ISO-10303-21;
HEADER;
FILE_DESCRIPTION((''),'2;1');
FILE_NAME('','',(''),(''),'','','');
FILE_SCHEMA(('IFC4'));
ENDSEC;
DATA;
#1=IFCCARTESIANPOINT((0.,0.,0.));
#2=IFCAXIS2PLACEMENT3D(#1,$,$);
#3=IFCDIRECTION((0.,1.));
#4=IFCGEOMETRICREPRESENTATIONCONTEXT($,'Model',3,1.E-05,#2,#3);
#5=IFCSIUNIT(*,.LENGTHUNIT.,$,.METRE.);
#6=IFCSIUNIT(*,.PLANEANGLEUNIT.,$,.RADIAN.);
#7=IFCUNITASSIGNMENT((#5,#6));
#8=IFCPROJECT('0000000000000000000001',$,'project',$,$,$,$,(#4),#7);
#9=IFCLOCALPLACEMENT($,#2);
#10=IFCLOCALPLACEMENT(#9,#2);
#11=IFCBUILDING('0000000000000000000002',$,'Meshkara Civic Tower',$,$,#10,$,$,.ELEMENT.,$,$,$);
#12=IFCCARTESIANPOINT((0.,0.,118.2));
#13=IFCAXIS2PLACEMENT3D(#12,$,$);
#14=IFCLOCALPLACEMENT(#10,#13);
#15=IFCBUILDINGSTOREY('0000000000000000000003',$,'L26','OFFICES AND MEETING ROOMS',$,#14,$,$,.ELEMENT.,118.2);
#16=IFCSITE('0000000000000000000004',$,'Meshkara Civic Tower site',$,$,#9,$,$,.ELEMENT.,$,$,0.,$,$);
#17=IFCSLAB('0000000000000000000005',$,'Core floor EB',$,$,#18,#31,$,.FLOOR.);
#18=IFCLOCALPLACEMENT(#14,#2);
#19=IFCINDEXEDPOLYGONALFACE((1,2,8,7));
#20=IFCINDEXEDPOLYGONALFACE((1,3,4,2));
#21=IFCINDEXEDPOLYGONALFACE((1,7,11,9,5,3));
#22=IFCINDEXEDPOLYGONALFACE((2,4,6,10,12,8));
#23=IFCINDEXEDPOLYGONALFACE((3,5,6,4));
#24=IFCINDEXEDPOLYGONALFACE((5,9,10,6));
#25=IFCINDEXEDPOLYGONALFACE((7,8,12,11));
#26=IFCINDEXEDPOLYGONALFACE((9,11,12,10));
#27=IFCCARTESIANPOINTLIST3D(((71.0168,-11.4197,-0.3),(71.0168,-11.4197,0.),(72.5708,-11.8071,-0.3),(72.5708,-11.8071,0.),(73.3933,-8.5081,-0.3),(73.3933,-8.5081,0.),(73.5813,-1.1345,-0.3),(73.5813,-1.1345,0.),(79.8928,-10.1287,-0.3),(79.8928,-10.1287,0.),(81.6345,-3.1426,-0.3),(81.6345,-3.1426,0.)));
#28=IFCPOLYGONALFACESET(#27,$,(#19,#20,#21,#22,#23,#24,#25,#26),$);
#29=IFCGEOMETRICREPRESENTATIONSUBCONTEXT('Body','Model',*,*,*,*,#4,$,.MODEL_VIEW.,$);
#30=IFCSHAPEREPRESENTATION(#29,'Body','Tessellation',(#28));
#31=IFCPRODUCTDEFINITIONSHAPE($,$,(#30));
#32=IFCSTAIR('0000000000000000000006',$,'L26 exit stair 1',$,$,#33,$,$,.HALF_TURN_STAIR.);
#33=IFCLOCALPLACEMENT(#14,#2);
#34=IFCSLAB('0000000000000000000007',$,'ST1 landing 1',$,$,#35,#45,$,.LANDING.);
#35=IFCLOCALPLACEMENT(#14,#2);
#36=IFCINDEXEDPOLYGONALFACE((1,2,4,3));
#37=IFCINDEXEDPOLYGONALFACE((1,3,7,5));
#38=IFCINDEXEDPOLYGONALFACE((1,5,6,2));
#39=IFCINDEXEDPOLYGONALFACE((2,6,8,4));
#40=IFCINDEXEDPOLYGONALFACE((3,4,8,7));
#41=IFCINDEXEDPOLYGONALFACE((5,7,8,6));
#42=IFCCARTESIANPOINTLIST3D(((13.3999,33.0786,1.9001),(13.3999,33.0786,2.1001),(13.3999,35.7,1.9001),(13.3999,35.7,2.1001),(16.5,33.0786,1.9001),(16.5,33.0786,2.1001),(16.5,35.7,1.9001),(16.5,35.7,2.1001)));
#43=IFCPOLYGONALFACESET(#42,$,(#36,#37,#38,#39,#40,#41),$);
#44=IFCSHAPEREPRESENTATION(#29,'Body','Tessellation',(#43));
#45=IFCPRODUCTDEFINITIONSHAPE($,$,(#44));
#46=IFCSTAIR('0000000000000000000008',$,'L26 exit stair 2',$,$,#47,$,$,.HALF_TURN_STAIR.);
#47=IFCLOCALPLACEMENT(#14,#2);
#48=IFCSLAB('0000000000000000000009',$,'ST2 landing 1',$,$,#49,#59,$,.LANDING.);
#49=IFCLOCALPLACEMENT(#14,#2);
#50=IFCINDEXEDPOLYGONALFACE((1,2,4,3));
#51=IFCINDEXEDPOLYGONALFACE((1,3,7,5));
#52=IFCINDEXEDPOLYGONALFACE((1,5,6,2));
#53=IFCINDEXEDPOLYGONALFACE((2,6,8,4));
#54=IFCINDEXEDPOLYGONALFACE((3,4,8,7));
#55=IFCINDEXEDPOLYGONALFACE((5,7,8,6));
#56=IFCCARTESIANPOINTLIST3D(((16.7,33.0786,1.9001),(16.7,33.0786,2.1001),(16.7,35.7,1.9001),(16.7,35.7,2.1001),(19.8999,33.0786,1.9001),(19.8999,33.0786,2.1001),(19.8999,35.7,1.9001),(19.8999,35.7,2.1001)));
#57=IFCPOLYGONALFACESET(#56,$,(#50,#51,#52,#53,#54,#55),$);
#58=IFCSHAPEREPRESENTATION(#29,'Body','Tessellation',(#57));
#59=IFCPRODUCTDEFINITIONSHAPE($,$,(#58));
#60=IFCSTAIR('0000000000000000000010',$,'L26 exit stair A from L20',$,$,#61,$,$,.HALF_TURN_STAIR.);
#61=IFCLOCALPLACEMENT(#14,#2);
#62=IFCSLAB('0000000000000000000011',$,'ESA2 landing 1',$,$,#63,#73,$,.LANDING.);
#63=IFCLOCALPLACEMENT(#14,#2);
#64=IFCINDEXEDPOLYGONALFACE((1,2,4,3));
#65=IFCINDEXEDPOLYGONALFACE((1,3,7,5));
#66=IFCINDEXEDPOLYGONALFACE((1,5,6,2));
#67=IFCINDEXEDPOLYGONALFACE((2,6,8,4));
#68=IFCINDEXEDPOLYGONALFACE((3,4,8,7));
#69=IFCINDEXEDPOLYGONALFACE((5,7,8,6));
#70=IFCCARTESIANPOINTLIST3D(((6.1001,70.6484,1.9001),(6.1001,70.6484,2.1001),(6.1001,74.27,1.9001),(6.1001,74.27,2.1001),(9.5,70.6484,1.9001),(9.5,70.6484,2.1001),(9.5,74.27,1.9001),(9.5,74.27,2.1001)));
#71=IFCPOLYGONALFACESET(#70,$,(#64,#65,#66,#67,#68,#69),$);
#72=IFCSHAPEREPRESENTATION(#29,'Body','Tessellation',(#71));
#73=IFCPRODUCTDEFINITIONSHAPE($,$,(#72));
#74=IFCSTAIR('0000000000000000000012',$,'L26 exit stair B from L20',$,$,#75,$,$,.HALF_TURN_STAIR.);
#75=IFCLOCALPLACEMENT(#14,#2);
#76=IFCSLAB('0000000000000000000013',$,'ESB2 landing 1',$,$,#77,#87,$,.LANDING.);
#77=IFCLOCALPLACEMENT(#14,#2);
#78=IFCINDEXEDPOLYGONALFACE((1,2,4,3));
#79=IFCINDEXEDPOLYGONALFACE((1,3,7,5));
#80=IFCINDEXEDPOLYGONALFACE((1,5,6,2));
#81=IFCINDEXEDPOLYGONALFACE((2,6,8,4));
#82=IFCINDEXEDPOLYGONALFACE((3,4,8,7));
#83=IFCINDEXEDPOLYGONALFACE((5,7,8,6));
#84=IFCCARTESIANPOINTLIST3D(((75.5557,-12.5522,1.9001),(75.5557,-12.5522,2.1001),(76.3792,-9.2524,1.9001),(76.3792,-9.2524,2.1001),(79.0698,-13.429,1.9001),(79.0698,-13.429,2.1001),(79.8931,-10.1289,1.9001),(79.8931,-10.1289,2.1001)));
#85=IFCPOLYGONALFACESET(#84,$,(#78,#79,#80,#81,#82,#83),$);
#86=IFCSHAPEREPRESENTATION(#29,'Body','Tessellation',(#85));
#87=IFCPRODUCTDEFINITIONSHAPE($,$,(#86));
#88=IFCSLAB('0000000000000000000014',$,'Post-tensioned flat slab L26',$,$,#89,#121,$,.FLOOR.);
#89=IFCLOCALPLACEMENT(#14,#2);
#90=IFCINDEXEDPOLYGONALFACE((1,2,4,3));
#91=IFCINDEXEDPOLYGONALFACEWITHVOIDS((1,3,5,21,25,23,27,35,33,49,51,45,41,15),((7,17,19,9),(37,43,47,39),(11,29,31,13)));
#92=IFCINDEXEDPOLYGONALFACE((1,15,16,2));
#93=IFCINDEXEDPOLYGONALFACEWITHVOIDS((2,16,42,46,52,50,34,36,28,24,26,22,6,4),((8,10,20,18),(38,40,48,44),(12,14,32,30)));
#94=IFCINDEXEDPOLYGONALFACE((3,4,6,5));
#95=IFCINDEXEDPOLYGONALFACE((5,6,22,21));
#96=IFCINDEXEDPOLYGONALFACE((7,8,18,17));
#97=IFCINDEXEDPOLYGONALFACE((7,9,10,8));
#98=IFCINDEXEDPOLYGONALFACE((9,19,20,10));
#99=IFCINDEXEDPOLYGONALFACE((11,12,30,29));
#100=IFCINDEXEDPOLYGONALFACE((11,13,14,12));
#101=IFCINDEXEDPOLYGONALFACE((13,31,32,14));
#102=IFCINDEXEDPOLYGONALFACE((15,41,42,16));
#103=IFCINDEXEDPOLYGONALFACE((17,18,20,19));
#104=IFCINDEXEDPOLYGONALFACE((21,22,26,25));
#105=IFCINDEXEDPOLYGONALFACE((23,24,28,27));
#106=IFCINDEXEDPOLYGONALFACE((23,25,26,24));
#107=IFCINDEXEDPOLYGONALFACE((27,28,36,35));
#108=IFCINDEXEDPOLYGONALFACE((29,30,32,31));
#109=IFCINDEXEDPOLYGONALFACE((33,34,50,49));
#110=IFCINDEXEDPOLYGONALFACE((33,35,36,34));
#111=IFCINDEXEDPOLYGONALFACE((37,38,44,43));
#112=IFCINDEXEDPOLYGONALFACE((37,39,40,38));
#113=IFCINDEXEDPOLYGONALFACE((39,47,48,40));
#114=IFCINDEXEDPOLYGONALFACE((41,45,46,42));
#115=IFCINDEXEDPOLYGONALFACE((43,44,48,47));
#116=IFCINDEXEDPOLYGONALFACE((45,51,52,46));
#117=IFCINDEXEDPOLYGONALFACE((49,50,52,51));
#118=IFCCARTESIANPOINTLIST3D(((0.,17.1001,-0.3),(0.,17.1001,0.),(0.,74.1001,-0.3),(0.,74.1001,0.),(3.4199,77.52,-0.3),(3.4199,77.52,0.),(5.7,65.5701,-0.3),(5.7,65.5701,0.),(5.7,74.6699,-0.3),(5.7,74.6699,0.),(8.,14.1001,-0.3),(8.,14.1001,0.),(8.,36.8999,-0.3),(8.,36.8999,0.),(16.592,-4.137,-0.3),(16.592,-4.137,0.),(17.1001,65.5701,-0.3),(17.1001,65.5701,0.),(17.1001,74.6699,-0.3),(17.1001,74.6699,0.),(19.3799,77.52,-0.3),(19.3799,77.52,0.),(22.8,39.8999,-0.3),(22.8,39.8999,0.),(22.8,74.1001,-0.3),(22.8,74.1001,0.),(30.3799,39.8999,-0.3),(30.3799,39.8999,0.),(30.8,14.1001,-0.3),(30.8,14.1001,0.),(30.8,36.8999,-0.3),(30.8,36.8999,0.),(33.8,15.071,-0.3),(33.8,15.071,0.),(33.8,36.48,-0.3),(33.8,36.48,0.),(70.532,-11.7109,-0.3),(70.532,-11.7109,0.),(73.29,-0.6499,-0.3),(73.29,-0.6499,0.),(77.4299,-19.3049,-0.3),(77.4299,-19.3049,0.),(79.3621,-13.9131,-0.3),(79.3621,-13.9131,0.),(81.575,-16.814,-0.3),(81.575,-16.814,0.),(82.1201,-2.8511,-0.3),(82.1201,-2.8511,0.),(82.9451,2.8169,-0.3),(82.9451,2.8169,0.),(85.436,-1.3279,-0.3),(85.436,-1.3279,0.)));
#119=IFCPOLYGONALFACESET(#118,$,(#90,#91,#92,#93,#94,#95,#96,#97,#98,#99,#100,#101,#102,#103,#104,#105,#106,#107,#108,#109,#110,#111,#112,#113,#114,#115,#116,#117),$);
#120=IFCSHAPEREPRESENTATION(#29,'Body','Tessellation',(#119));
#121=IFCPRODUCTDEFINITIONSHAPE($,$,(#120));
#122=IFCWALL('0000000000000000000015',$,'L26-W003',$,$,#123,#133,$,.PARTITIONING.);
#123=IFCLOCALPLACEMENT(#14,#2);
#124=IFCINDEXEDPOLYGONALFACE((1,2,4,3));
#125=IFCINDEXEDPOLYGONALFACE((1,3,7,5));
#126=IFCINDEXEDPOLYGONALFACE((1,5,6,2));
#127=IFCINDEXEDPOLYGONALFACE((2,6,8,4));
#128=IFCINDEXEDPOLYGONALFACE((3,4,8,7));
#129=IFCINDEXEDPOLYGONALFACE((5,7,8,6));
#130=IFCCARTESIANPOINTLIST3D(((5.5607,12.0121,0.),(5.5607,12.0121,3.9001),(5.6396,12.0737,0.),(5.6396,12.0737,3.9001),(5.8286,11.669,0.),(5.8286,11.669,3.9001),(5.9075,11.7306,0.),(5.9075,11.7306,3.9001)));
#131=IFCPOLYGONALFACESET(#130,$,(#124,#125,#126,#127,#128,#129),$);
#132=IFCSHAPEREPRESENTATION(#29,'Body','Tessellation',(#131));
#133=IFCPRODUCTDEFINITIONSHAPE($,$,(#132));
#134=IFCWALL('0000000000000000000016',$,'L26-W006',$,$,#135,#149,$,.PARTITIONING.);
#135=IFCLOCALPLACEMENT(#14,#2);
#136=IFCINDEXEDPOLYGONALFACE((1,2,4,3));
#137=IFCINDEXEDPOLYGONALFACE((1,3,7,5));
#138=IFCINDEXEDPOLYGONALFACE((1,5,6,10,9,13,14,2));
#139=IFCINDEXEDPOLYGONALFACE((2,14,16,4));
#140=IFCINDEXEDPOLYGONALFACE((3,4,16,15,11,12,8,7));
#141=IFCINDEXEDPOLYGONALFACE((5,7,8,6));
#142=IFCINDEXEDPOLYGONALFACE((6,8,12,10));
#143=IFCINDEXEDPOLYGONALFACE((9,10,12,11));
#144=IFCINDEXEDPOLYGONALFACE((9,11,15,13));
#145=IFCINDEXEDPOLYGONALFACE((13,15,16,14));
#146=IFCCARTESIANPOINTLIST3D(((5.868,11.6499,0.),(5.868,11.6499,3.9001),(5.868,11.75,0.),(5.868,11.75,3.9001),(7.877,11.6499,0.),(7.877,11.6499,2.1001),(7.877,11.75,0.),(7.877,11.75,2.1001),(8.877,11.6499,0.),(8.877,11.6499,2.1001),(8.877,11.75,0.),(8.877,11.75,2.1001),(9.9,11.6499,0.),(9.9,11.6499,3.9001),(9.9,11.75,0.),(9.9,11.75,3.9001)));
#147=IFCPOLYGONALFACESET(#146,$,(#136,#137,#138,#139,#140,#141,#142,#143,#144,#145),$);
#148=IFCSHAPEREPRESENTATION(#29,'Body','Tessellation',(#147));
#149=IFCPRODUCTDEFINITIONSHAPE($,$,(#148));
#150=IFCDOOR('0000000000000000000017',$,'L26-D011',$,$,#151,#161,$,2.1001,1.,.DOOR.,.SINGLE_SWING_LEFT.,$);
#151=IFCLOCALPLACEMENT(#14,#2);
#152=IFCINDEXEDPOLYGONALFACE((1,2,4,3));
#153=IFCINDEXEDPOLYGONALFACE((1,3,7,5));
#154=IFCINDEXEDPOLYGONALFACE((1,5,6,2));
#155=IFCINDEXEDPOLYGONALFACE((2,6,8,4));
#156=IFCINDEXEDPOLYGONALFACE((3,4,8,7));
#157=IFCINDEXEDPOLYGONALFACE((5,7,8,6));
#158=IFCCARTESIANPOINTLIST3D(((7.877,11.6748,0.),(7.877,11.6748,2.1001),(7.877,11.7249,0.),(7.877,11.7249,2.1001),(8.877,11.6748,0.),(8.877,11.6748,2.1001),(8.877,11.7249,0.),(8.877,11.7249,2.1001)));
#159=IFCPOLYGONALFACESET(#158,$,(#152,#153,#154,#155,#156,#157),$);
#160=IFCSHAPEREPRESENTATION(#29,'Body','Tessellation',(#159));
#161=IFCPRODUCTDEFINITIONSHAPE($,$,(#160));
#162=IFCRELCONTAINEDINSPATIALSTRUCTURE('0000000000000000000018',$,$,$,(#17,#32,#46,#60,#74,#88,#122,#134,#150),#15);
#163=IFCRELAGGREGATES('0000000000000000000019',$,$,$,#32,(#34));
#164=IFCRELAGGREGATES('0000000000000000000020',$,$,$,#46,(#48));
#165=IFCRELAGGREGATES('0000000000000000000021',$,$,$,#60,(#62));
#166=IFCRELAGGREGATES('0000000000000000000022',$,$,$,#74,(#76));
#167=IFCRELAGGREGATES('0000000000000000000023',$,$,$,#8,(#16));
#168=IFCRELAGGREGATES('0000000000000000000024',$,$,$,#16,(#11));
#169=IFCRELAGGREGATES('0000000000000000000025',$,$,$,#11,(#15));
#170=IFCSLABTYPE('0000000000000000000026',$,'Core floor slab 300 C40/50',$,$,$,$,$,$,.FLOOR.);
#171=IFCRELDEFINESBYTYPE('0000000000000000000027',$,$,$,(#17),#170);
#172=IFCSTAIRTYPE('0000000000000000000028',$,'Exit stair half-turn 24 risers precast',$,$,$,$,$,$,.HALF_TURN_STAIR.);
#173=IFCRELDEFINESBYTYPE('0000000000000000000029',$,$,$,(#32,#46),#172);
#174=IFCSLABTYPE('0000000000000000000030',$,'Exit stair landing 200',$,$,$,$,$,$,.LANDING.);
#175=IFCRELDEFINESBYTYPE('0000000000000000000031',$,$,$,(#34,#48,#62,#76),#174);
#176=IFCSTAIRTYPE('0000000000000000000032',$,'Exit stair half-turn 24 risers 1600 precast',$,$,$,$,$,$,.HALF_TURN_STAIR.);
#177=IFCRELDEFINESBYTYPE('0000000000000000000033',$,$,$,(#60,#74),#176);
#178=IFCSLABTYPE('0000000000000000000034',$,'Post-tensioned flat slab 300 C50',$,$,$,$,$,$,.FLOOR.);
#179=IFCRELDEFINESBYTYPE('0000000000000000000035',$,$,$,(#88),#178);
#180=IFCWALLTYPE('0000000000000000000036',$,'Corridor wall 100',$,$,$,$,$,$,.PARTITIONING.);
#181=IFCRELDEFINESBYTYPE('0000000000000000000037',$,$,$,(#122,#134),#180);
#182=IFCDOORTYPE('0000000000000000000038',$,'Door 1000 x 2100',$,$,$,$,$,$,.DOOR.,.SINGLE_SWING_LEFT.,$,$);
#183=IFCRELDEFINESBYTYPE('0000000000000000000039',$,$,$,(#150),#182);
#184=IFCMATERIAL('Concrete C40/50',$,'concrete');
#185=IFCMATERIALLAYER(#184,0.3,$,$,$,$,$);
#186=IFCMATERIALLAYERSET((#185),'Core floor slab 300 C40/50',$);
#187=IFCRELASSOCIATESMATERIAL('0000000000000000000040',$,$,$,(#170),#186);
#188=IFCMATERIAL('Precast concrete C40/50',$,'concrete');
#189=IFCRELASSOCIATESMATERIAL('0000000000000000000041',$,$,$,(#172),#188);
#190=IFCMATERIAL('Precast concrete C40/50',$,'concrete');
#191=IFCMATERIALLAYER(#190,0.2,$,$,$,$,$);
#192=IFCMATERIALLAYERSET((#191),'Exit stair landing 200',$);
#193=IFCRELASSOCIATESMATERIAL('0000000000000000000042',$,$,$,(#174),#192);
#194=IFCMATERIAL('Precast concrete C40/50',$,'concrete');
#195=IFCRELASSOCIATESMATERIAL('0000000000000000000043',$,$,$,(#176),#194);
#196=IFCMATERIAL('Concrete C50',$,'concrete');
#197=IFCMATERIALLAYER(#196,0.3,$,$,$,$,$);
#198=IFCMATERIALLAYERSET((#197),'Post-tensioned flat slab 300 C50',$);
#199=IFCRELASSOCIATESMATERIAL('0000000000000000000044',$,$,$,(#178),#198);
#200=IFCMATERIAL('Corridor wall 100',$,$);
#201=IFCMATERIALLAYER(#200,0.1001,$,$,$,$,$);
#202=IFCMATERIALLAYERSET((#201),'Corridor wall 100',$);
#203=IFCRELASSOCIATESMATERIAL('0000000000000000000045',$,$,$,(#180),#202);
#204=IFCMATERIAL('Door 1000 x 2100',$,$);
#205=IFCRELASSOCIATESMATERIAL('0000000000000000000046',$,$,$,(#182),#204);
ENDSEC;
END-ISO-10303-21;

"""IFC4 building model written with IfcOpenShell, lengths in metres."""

from ifc_helpers import new_model, si_unit, direction, frame, frame_2d, origin, place, context, subcontext, project, spatial, polyline, rectangle, outline, extrude, material, layer, layer_set, type_object, element, fill, aggregate, save


model = new_model("IFC4")

# Units and contexts
model_context = context("Model", 3, precision=1e-05, world=origin(), true_north=direction((0.0, 1.0)))
body_context = subcontext(model_context, "Body", "Model", "MODEL_VIEW")
ifc_project = project(units=[si_unit("LENGTHUNIT", "METRE"), si_unit("PLANEANGLEUNIT", "RADIAN")], contexts=[model_context])

# Site, building, storey
site_placement = place(None, origin())
site = spatial("IfcSite", under=ifc_project, at=site_placement, Name="Meshkara Civic Tower site", CompositionType="ELEMENT", RefElevation=0.0)
building_placement = place(site_placement, origin())
building = spatial("IfcBuilding", under=site, at=building_placement, Name="Meshkara Civic Tower", CompositionType="ELEMENT")
storey_placement = place(building_placement, frame((0.0, 0.0, 118.2)))
storey = spatial("IfcBuildingStorey", under=building, at=storey_placement, Name="L26", Description="OFFICES AND MEETING ROOMS", CompositionType="ELEMENT", Elevation=118.2)

# Slab
ifc_material_1 = material(Name="Concrete C40/50", Category="concrete")
ifc_layer_1 = layer(ifc_material_1, 0.3)
ifc_layer_set_1 = layer_set([ifc_layer_1], Name="Core floor slab 300 C40/50")
slab_type_1 = type_object("IfcSlabType", Name="Core floor slab 300 C40/50", PredefinedType="FLOOR", material=ifc_layer_set_1)
slab_1_placement = place(storey_placement, frame((0.0, 0.0, -0.3)))
element("IfcSlab", 1, at=slab_1_placement, inside=storey, type_object=slab_type_1, Name="Core floor EB", PredefinedType="FLOOR", context=body_context, shape_type="SweptSolid", body=[
    extrude(outline(polyline([(73.5813, -1.1345), (81.6345, -3.1426), (79.8928, -10.1287), (73.3933, -8.5081), (72.5708, -11.8071), (71.0168, -11.4197), (73.5813, -1.1345)])), origin(), (0.0, 0.0, 1.0), 0.3),
])

# Stairs, slabs
ifc_material_2 = material(Name="Precast concrete C40/50", Category="concrete")
stair_type_1 = type_object("IfcStairType", Name="Exit stair half-turn 24 risers precast", PredefinedType="HALF_TURN_STAIR", material=ifc_material_2)
stair_1_placement = place(storey_placement, origin())
stair_1 = element("IfcStair", 2, at=stair_1_placement, inside=storey, type_object=stair_type_1, Name="L26 exit stair 1", PredefinedType="HALF_TURN_STAIR")
ifc_material_3 = material(Name="Precast concrete C40/50", Category="concrete")
ifc_layer_2 = layer(ifc_material_3, 0.2)
ifc_layer_set_2 = layer_set([ifc_layer_2], Name="Exit stair landing 200")
slab_type_2 = type_object("IfcSlabType", Name="Exit stair landing 200", PredefinedType="LANDING", material=ifc_layer_set_2)
slab_2_placement = place(storey_placement, frame((0.0, 0.0, 1.9001)))
slab_2 = element("IfcSlab", 3, at=slab_2_placement, type_object=slab_type_2, Name="ST1 landing 1", PredefinedType="LANDING", context=body_context, shape_type="SweptSolid", body=[
    extrude(outline(polyline([(16.5, 33.0786), (16.5, 35.7), (13.3999, 35.7), (13.3999, 33.0786), (16.5, 33.0786)])), origin(), (0.0, 0.0, 1.0), 0.2),
])
aggregate(stair_1, [slab_2])
stair_2_placement = place(storey_placement, origin())
stair_2 = element("IfcStair", 4, at=stair_2_placement, inside=storey, type_object=stair_type_1, Name="L26 exit stair 2", PredefinedType="HALF_TURN_STAIR")
slab_3_placement = place(storey_placement, frame((0.0, 0.0, 1.9001)))
slab_3 = element("IfcSlab", 5, at=slab_3_placement, type_object=slab_type_2, Name="ST2 landing 1", PredefinedType="LANDING", context=body_context, shape_type="SweptSolid", body=[
    extrude(outline(polyline([(19.8999, 33.0786), (19.8999, 35.7), (16.7, 35.7), (16.7, 33.0786), (19.8999, 33.0786)])), origin(), (0.0, 0.0, 1.0), 0.2),
])
aggregate(stair_2, [slab_3])
ifc_material_4 = material(Name="Precast concrete C40/50", Category="concrete")
stair_type_2 = type_object("IfcStairType", Name="Exit stair half-turn 24 risers 1600 precast", PredefinedType="HALF_TURN_STAIR", material=ifc_material_4)
stair_3_placement = place(storey_placement, origin())
stair_3 = element("IfcStair", 6, at=stair_3_placement, inside=storey, type_object=stair_type_2, Name="L26 exit stair A from L20", PredefinedType="HALF_TURN_STAIR")
slab_4_placement = place(storey_placement, frame((0.0, 0.0, 1.9001)))
slab_4 = element("IfcSlab", 7, at=slab_4_placement, type_object=slab_type_2, Name="ESA2 landing 1", PredefinedType="LANDING", context=body_context, shape_type="SweptSolid", body=[
    extrude(outline(polyline([(9.5, 70.6484), (9.5, 74.27), (6.1001, 74.27), (6.1001, 70.6484), (9.5, 70.6484)])), origin(), (0.0, 0.0, 1.0), 0.2),
])
aggregate(stair_3, [slab_4])
stair_4_placement = place(storey_placement, origin())
stair_4 = element("IfcStair", 8, at=stair_4_placement, inside=storey, type_object=stair_type_2, Name="L26 exit stair B from L20", PredefinedType="HALF_TURN_STAIR")
slab_5_placement = place(storey_placement, frame((0.0, 0.0, 1.9001)))
slab_5 = element("IfcSlab", 9, at=slab_5_placement, type_object=slab_type_2, Name="ESB2 landing 1", PredefinedType="LANDING", context=body_context, shape_type="SweptSolid", body=[
    extrude(outline(polyline([(75.5557, -12.5522), (79.0698, -13.429), (79.8931, -10.1289), (76.3792, -9.2524), (75.5557, -12.5522)])), origin(), (0.0, 0.0, 1.0), 0.2),
])
aggregate(stair_4, [slab_5])

# Slab
ifc_material_5 = material(Name="Concrete C50", Category="concrete")
ifc_layer_3 = layer(ifc_material_5, 0.3)
ifc_layer_set_3 = layer_set([ifc_layer_3], Name="Post-tensioned flat slab 300 C50")
slab_type_3 = type_object("IfcSlabType", Name="Post-tensioned flat slab 300 C50", PredefinedType="FLOOR", material=ifc_layer_set_3)
slab_6_placement = place(storey_placement, frame((0.0, 0.0, -0.3)))
element("IfcSlab", 10, at=slab_6_placement, inside=storey, type_object=slab_type_3, Name="Post-tensioned flat slab L26", PredefinedType="FLOOR", context=body_context, shape_type="SweptSolid", body=[
    extrude(outline(polyline([(81.575, -16.814), (77.4299, -19.3049), (16.592, -4.137), (0.0, 17.1001), (0.0, 74.1001), (3.4199, 77.52), (19.3799, 77.52), (22.8, 74.1001), (22.8, 39.8999), (30.3799, 39.8999), (33.8, 36.48), (33.8, 15.071), (82.9451, 2.8169), (85.436, -1.3279), (81.575, -16.814)]), holes=[polyline([(79.3621, -13.9131), (82.1201, -2.8511), (73.29, -0.6499), (70.532, -11.7109), (79.3621, -13.9131)]), polyline([(8.0, 14.1001), (30.8, 14.1001), (30.8, 36.8999), (8.0, 36.8999), (8.0, 14.1001)]), polyline([(5.7, 74.6699), (5.7, 65.5701), (17.1001, 65.5701), (17.1001, 74.6699), (5.7, 74.6699)])]), origin(), (0.0, 0.0, 1.0), 0.3),
])

# Wall
ifc_material_6 = material(Name="Corridor wall 100")
ifc_layer_4 = layer(ifc_material_6, 0.1001)
ifc_layer_set_4 = layer_set([ifc_layer_4], Name="Corridor wall 100")
wall_type_1 = type_object("IfcWallType", Name="Corridor wall 100", PredefinedType="PARTITIONING", material=ifc_layer_set_4)
wall_1_placement = place(storey_placement, frame((5.6001, 12.043, 0.0), z_axis=(0.0, 0.0, 1.0), x_axis=(0.615415, -0.788203, 0.0)))
element("IfcWall", 11, at=wall_1_placement, inside=storey, type_object=wall_type_1, Name="L26-W003", PredefinedType="PARTITIONING", context=body_context, shape_type="SweptSolid", body=[
    extrude(rectangle(XDim=0.4353, YDim=0.1001, at=frame_2d((0.2178, 0.0))), origin(), (0.0, 0.0, 1.0), 3.9001),
])

# Wall, opening, door
wall_2_placement = place(storey_placement, frame((5.8679, 11.7, 0.0), z_axis=(0.0, 0.0, 1.0), x_axis=(1.0, 0.0, 0.0)))
wall_2 = element("IfcWall", 12, at=wall_2_placement, inside=storey, type_object=wall_type_1, Name="L26-W006", PredefinedType="PARTITIONING", context=body_context, shape_type="SweptSolid", body=[
    extrude(rectangle(XDim=4.032, YDim=0.1001, at=frame_2d((2.0161, 0.0))), origin(), (0.0, 0.0, 1.0), 3.9001),
])
opening_1_placement = place(wall_2_placement, frame((2.009, 0.0, 0.0)))
opening_1 = element("IfcOpeningElement", 13, at=opening_1_placement, cuts=wall_2, PredefinedType="OPENING", context=body_context, shape_type="SweptSolid", body=[
    extrude(rectangle(XDim=1.0, YDim=2.1001, at=frame_2d((0.5, 1.05))), frame((0.0, 0.0601, 0.0), z_axis=(0.0, -1.0, 0.0), x_axis=(1.0, 0.0, 0.0)), (0.0, 0.0, 1.0), 0.1201),
])
ifc_material_7 = material(Name="Door 1000 x 2100")
door_type_1 = type_object("IfcDoorType", Name="Door 1000 x 2100", OperationType="SINGLE_SWING_LEFT", PredefinedType="DOOR", material=ifc_material_7)
door_1_placement = place(opening_1_placement, origin())
door_1 = element("IfcDoor", 14, at=door_1_placement, inside=storey, type_object=door_type_1, Name="L26-D011", OperationType="SINGLE_SWING_LEFT", OverallHeight=2.1001, OverallWidth=1.0, PredefinedType="DOOR", context=body_context, shape_type="SweptSolid", body=[
    extrude(rectangle(XDim=1.0, YDim=2.1001, at=frame_2d((0.5, 1.05))), frame((0.0, 0.0249, 0.0), z_axis=(0.0, -1.0, 0.0), x_axis=(1.0, 0.0, 0.0)), (0.0, 0.0, 1.0), 0.05),
])
fill(opening_1, door_1)

save(model, "model.ifc")
